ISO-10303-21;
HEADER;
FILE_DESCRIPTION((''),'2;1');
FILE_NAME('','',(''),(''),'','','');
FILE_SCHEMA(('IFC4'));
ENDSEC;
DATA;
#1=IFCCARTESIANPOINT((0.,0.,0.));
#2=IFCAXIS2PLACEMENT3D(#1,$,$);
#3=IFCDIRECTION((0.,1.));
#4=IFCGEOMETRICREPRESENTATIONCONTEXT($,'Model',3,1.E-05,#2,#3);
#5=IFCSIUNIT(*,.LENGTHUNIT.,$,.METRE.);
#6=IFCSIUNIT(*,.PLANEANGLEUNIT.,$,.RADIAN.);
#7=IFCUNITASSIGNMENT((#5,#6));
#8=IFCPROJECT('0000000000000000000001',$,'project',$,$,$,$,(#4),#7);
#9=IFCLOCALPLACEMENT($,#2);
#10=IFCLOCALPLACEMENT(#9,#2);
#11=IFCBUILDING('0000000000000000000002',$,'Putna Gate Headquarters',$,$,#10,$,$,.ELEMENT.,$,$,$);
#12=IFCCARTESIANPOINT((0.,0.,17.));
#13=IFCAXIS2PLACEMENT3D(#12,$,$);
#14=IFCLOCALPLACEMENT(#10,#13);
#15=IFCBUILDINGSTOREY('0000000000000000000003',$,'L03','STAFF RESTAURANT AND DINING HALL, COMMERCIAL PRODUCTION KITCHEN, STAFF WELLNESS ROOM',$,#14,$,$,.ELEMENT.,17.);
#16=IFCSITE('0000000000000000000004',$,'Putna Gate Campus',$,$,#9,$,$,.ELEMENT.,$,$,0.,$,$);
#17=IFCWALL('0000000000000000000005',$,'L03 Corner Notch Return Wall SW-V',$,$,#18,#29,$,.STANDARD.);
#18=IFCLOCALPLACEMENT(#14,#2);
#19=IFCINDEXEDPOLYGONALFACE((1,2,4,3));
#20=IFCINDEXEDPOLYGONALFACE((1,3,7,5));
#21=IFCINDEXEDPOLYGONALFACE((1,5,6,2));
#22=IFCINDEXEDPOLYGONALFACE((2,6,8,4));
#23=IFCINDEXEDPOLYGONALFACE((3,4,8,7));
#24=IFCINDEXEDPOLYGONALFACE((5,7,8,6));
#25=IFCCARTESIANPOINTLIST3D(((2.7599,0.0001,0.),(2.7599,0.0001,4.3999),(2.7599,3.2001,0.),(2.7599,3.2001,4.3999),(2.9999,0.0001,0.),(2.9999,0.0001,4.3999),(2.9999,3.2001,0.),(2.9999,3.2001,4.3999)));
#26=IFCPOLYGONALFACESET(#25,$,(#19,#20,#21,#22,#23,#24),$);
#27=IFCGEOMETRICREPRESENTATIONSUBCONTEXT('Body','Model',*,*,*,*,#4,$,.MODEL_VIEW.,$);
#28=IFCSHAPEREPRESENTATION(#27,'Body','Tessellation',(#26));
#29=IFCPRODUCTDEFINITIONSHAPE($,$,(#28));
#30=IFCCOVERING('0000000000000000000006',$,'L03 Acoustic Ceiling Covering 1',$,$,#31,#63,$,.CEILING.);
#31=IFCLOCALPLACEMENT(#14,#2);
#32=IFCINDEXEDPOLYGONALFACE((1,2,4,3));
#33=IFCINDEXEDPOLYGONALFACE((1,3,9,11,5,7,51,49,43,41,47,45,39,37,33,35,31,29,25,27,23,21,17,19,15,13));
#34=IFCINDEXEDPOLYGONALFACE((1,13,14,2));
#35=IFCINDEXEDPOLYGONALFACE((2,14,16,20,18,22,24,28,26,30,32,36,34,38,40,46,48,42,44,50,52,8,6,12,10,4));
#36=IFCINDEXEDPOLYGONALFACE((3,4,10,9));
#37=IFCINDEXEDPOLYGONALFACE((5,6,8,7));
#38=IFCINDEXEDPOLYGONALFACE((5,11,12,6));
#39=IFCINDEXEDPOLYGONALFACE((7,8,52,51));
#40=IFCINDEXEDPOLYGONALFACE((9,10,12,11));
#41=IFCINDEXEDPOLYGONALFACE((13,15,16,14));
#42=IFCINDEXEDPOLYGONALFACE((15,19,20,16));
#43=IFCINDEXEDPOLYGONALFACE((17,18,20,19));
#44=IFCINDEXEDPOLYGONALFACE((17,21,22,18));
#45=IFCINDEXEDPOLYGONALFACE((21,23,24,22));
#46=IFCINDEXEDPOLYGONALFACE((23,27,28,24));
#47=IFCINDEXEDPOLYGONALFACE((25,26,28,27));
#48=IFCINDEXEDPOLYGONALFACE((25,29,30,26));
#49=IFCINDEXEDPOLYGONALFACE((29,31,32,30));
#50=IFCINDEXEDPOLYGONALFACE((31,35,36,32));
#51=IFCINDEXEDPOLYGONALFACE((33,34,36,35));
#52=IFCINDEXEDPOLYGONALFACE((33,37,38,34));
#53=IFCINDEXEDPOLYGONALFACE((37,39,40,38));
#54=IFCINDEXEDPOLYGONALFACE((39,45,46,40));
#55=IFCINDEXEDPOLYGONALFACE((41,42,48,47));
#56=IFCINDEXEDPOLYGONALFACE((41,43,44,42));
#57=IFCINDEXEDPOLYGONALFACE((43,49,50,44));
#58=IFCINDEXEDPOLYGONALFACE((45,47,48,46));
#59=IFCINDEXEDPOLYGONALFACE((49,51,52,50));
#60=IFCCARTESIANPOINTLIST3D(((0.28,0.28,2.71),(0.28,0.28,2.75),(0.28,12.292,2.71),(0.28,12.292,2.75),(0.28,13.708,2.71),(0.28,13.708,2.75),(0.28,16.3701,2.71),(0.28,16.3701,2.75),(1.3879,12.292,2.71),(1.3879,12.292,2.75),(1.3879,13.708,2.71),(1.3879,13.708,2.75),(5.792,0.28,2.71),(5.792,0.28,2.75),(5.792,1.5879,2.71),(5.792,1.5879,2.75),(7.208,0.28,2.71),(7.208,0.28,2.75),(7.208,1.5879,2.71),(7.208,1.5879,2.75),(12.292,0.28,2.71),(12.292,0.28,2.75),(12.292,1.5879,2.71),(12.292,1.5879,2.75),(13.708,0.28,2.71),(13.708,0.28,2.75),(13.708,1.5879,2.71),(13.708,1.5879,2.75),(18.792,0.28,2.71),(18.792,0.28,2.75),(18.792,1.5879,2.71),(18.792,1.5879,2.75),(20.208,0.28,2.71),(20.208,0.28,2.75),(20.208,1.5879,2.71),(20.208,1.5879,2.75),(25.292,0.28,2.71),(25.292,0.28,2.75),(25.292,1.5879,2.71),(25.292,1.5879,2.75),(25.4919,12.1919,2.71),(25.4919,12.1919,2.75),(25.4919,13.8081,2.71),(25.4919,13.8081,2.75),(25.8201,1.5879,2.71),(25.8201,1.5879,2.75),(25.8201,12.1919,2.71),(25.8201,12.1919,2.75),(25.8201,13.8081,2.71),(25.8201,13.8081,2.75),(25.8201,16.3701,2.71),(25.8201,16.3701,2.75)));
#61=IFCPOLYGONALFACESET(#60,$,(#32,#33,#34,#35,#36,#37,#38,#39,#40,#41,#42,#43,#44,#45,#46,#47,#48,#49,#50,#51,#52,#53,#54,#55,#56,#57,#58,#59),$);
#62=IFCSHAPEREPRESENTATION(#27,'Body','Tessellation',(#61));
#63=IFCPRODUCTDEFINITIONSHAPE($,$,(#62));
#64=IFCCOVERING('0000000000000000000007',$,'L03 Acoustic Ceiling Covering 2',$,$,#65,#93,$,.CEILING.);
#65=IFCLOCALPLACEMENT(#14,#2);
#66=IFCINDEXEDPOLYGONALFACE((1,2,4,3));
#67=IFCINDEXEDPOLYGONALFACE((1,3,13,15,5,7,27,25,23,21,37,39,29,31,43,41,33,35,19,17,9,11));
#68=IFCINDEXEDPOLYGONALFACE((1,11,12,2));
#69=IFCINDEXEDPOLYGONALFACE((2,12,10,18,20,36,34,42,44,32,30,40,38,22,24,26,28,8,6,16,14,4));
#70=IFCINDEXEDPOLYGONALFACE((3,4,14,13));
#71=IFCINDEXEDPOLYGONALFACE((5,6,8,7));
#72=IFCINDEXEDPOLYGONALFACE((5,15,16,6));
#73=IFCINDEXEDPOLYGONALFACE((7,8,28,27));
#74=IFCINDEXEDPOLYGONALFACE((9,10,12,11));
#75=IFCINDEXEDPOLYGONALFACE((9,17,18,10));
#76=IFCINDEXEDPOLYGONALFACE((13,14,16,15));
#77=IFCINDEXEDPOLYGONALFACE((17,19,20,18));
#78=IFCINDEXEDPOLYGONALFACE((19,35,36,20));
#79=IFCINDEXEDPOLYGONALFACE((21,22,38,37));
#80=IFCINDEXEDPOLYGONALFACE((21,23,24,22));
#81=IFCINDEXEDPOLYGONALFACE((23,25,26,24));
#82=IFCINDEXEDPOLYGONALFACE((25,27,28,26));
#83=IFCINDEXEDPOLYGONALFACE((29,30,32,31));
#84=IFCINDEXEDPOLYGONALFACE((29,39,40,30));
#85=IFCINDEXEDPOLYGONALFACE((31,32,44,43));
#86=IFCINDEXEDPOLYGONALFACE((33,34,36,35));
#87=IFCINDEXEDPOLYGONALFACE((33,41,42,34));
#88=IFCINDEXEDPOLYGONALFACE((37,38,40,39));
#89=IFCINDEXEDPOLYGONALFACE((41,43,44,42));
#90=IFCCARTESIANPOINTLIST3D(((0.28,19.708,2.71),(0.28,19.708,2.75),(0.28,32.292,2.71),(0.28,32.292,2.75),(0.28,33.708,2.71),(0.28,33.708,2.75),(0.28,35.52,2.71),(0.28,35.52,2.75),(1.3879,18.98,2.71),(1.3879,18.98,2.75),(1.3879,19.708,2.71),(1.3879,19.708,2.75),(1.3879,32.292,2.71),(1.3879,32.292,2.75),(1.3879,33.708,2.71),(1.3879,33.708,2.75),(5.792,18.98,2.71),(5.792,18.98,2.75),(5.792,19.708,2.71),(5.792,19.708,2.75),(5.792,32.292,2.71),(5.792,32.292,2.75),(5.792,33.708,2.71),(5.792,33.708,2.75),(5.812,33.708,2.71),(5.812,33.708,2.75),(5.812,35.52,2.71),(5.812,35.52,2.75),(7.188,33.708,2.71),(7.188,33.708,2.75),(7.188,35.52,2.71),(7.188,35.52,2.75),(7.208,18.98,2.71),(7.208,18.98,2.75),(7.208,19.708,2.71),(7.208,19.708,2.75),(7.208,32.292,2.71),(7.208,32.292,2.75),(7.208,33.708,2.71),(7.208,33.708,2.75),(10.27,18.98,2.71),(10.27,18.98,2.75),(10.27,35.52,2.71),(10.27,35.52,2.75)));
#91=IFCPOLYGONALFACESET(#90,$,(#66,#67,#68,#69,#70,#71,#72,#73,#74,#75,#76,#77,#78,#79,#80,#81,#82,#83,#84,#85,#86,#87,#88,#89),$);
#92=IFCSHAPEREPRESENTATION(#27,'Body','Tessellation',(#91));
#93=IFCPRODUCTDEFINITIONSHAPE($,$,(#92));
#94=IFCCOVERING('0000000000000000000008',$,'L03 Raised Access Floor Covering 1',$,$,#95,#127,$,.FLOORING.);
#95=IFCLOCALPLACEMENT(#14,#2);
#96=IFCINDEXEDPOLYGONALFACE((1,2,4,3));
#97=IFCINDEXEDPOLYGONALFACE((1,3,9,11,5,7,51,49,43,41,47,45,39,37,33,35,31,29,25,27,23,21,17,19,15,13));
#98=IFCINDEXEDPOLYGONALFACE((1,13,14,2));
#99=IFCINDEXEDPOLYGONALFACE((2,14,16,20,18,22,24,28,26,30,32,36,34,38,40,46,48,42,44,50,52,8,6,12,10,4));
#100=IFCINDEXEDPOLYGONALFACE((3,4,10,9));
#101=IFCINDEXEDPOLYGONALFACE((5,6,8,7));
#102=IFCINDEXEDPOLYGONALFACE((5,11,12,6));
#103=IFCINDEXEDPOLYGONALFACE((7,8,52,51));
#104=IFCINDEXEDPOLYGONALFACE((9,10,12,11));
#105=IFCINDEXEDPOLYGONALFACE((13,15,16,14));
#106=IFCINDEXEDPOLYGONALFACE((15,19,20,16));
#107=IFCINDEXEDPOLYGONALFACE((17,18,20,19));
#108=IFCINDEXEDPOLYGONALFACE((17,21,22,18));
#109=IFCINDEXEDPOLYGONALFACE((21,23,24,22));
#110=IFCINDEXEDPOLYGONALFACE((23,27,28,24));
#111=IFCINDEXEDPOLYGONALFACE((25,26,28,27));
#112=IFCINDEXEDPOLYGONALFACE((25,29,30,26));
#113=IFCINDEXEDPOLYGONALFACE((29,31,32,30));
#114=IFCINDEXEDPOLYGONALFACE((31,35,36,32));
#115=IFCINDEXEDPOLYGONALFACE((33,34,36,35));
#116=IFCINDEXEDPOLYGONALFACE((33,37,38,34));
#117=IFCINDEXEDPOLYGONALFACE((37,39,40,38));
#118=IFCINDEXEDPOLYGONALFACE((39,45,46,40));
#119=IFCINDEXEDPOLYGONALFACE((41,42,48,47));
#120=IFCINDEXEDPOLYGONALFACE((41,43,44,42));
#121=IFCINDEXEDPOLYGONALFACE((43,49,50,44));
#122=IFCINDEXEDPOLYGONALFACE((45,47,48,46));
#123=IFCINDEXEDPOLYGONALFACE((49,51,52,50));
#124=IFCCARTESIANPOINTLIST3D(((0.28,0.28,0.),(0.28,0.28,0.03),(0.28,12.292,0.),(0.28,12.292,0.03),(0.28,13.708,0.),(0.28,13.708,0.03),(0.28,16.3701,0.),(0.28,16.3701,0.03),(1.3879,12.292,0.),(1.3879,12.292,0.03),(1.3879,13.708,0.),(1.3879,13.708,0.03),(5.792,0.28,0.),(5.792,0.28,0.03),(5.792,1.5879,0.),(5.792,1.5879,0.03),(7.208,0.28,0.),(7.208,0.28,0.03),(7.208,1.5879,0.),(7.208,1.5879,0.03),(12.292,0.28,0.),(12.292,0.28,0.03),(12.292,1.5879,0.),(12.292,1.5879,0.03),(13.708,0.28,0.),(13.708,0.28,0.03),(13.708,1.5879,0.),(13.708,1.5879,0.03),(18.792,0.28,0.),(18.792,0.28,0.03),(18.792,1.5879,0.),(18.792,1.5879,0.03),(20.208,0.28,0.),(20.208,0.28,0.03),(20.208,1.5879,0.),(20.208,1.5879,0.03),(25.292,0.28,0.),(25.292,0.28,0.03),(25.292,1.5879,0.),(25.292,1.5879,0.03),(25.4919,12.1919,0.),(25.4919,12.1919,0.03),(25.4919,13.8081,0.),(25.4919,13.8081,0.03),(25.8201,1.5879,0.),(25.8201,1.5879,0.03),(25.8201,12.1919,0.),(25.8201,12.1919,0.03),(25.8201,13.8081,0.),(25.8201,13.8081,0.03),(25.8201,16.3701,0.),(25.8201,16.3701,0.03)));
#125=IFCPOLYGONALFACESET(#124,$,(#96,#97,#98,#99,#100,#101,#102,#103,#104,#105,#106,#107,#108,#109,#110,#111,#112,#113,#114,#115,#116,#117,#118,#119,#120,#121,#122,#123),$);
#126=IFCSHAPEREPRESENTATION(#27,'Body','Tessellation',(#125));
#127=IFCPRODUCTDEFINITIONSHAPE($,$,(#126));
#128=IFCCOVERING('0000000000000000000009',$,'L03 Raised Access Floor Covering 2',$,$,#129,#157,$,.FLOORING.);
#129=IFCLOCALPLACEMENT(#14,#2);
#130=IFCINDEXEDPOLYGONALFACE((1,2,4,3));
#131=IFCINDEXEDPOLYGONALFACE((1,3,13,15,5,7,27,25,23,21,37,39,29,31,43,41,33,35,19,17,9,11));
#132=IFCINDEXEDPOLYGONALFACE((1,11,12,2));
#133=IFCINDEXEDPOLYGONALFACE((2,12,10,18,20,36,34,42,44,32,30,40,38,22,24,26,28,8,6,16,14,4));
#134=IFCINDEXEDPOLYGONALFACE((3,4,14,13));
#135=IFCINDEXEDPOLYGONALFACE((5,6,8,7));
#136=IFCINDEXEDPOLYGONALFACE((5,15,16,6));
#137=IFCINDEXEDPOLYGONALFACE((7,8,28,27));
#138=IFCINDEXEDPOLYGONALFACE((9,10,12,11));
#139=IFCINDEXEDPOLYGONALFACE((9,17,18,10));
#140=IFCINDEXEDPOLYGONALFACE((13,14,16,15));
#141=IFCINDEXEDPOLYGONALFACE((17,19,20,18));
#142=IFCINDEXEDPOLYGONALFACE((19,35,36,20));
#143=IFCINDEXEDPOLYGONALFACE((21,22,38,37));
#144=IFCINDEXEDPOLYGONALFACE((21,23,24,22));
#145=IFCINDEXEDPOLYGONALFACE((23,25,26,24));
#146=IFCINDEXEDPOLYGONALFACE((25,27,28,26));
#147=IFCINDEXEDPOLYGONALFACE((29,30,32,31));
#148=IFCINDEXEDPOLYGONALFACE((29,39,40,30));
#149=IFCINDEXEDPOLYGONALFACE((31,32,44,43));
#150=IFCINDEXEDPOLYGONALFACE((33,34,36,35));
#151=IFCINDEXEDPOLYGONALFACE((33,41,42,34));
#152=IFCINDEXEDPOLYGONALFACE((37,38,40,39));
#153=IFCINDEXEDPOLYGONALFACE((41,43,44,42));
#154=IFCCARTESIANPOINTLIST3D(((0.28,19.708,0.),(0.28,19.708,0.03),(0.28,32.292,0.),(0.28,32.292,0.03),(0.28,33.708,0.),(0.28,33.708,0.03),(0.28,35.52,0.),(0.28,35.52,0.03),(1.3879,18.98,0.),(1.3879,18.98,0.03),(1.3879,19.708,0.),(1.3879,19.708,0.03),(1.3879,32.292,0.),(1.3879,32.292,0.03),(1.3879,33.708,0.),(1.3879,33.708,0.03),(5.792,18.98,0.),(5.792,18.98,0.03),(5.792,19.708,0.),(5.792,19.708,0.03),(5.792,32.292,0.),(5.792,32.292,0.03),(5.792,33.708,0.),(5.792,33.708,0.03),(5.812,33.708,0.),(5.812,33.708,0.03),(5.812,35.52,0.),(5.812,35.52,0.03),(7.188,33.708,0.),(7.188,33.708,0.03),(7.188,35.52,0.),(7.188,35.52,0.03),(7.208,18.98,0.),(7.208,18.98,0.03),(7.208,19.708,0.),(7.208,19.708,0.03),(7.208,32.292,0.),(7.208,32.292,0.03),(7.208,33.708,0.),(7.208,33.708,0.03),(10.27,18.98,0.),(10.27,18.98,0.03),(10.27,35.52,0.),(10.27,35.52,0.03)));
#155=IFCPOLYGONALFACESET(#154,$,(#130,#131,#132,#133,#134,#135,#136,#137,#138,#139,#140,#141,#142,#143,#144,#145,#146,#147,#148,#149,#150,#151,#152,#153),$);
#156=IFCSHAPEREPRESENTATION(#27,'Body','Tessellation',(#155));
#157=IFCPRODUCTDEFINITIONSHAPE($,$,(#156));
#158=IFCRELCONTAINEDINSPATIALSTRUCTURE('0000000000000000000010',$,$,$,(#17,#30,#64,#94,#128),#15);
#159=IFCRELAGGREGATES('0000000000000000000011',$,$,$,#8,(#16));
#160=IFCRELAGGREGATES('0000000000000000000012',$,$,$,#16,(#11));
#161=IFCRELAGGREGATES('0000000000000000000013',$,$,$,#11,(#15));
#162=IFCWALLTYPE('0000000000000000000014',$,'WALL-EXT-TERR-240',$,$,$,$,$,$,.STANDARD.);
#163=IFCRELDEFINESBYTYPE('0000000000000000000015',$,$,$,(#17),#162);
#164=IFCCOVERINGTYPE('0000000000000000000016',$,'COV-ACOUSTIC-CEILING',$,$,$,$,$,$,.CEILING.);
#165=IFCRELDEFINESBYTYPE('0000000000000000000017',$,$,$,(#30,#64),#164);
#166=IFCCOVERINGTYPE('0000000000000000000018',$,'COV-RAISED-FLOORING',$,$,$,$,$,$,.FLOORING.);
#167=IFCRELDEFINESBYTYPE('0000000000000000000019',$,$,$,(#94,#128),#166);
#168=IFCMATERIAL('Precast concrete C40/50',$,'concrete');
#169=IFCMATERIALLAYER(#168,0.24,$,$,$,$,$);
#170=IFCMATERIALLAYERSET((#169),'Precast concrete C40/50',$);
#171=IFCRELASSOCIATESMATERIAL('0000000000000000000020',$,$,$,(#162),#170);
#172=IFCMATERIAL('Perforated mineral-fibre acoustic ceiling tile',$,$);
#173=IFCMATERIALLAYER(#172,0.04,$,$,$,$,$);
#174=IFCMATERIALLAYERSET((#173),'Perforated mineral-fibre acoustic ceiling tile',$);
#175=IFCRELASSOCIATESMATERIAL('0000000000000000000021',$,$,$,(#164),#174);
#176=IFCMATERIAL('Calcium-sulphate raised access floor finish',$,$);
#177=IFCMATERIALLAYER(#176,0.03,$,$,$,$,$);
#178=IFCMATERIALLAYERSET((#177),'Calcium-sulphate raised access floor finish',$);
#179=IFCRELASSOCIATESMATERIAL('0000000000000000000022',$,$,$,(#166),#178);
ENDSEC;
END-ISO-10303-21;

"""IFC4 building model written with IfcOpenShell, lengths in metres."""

from ifc_helpers import new_model, si_unit, direction, frame, frame_2d, origin, place, context, subcontext, project, spatial, polyline, rectangle, outline, extrude, material, layer, layer_set, type_object, element, save


model = new_model("IFC4")

# Units and contexts
model_context = context("Model", 3, precision=1e-05, world=origin(), true_north=direction((0.0, 1.0)))
body_context = subcontext(model_context, "Body", "Model", "MODEL_VIEW")
ifc_project = project(units=[si_unit("LENGTHUNIT", "METRE"), si_unit("PLANEANGLEUNIT", "RADIAN")], contexts=[model_context])

# Site, building, storey
site_placement = place(None, origin())
site = spatial("IfcSite", under=ifc_project, at=site_placement, Name="Putna Gate Campus", CompositionType="ELEMENT", RefElevation=0.0)
building_placement = place(site_placement, origin())
building = spatial("IfcBuilding", under=site, at=building_placement, Name="Putna Gate Headquarters", CompositionType="ELEMENT")
storey_placement = place(building_placement, frame((0.0, 0.0, 17.0)))
storey = spatial("IfcBuildingStorey", under=building, at=storey_placement, Name="L03", Description="STAFF RESTAURANT AND DINING HALL, COMMERCIAL PRODUCTION KITCHEN, STAFF WELLNESS ROOM", CompositionType="ELEMENT", Elevation=17.0)

# Wall
ifc_material_1 = material(Name="Precast concrete C40/50", Category="concrete")
ifc_layer_1 = layer(ifc_material_1, 0.24)
ifc_layer_set_1 = layer_set([ifc_layer_1], Name="Precast concrete C40/50")
wall_type = type_object("IfcWallType", Name="WALL-EXT-TERR-240", PredefinedType="STANDARD", material=ifc_layer_set_1)
wall_placement = place(storey_placement, frame((2.8799, 0.0, 0.0), z_axis=(0.0, 0.0, 1.0), x_axis=(0.0, 1.0, 0.0)))
element("IfcWall", 1, at=wall_placement, inside=storey, type_object=wall_type, Name="L03 Corner Notch Return Wall SW-V", PredefinedType="STANDARD", context=body_context, shape_type="SweptSolid", body=[
    extrude(rectangle(XDim=3.2, YDim=0.24, at=frame_2d((1.6001, 0.0))), origin(), (0.0, 0.0, 1.0), 4.3999),
])

# Coverings
ifc_material_2 = material(Name="Perforated mineral-fibre acoustic ceiling tile")
ifc_layer_2 = layer(ifc_material_2, 0.04)
ifc_layer_set_2 = layer_set([ifc_layer_2], Name="Perforated mineral-fibre acoustic ceiling tile")
covering_type_1 = type_object("IfcCoveringType", Name="COV-ACOUSTIC-CEILING", PredefinedType="CEILING", material=ifc_layer_set_2)
covering_1_placement = place(storey_placement, frame((0.0, 0.0, 2.71)))
element("IfcCovering", 2, at=covering_1_placement, inside=storey, type_object=covering_type_1, Name="L03 Acoustic Ceiling Covering 1", PredefinedType="CEILING", context=body_context, shape_type="SweptSolid", body=[
    extrude(outline(polyline([(0.28, 13.708), (1.3879, 13.708), (1.3879, 12.292), (0.28, 12.292), (0.28, 0.28), (5.792, 0.28), (5.792, 1.5879), (7.208, 1.5879), (7.208, 0.28), (12.292, 0.28), (12.292, 1.5879), (13.708, 1.5879), (13.708, 0.28), (18.792, 0.28), (18.792, 1.5879), (20.208, 1.5879), (20.208, 0.28), (25.292, 0.28), (25.292, 1.5879), (25.8201, 1.5879), (25.8201, 12.1919), (25.4919, 12.1919), (25.4919, 13.8081), (25.8201, 13.8081), (25.8201, 16.3701), (0.28, 16.3701), (0.28, 13.708)])), origin(), (0.0, 0.0, 1.0), 0.04),
])
covering_2_placement = place(storey_placement, frame((0.0, 0.0, 2.71)))
element("IfcCovering", 3, at=covering_2_placement, inside=storey, type_object=covering_type_1, Name="L03 Acoustic Ceiling Covering 2", PredefinedType="CEILING", context=body_context, shape_type="SweptSolid", body=[
    extrude(outline(polyline([(10.27, 35.52), (7.188, 35.52), (7.188, 33.708), (7.208, 33.708), (7.208, 32.292), (5.792, 32.292), (5.792, 33.708), (5.812, 33.708), (5.812, 35.52), (0.28, 35.52), (0.28, 33.708), (1.3879, 33.708), (1.3879, 32.292), (0.28, 32.292), (0.28, 19.708), (1.3879, 19.708), (1.3879, 18.98), (5.792, 18.98), (5.792, 19.708), (7.208, 19.708), (7.208, 18.98), (10.27, 18.98), (10.27, 35.52)])), origin(), (0.0, 0.0, 1.0), 0.04),
])
ifc_material_3 = material(Name="Calcium-sulphate raised access floor finish")
ifc_layer_3 = layer(ifc_material_3, 0.03)
ifc_layer_set_3 = layer_set([ifc_layer_3], Name="Calcium-sulphate raised access floor finish")
covering_type_2 = type_object("IfcCoveringType", Name="COV-RAISED-FLOORING", PredefinedType="FLOORING", material=ifc_layer_set_3)
covering_3_placement = place(storey_placement, origin())
element("IfcCovering", 4, at=covering_3_placement, inside=storey, type_object=covering_type_2, Name="L03 Raised Access Floor Covering 1", PredefinedType="FLOORING", context=body_context, shape_type="SweptSolid", body=[
    extrude(outline(polyline([(0.28, 13.708), (1.3879, 13.708), (1.3879, 12.292), (0.28, 12.292), (0.28, 0.28), (5.792, 0.28), (5.792, 1.5879), (7.208, 1.5879), (7.208, 0.28), (12.292, 0.28), (12.292, 1.5879), (13.708, 1.5879), (13.708, 0.28), (18.792, 0.28), (18.792, 1.5879), (20.208, 1.5879), (20.208, 0.28), (25.292, 0.28), (25.292, 1.5879), (25.8201, 1.5879), (25.8201, 12.1919), (25.4919, 12.1919), (25.4919, 13.8081), (25.8201, 13.8081), (25.8201, 16.3701), (0.28, 16.3701), (0.28, 13.708)])), origin(), (0.0, 0.0, 1.0), 0.03),
])
covering_4_placement = place(storey_placement, origin())
element("IfcCovering", 5, at=covering_4_placement, inside=storey, type_object=covering_type_2, Name="L03 Raised Access Floor Covering 2", PredefinedType="FLOORING", context=body_context, shape_type="SweptSolid", body=[
    extrude(outline(polyline([(10.27, 35.52), (7.188, 35.52), (7.188, 33.708), (7.208, 33.708), (7.208, 32.292), (5.792, 32.292), (5.792, 33.708), (5.812, 33.708), (5.812, 35.52), (0.28, 35.52), (0.28, 33.708), (1.3879, 33.708), (1.3879, 32.292), (0.28, 32.292), (0.28, 19.708), (1.3879, 19.708), (1.3879, 18.98), (5.792, 18.98), (5.792, 19.708), (7.208, 19.708), (7.208, 18.98), (10.27, 18.98), (10.27, 35.52)])), origin(), (0.0, 0.0, 1.0), 0.03),
])

save(model, "model.ifc")
